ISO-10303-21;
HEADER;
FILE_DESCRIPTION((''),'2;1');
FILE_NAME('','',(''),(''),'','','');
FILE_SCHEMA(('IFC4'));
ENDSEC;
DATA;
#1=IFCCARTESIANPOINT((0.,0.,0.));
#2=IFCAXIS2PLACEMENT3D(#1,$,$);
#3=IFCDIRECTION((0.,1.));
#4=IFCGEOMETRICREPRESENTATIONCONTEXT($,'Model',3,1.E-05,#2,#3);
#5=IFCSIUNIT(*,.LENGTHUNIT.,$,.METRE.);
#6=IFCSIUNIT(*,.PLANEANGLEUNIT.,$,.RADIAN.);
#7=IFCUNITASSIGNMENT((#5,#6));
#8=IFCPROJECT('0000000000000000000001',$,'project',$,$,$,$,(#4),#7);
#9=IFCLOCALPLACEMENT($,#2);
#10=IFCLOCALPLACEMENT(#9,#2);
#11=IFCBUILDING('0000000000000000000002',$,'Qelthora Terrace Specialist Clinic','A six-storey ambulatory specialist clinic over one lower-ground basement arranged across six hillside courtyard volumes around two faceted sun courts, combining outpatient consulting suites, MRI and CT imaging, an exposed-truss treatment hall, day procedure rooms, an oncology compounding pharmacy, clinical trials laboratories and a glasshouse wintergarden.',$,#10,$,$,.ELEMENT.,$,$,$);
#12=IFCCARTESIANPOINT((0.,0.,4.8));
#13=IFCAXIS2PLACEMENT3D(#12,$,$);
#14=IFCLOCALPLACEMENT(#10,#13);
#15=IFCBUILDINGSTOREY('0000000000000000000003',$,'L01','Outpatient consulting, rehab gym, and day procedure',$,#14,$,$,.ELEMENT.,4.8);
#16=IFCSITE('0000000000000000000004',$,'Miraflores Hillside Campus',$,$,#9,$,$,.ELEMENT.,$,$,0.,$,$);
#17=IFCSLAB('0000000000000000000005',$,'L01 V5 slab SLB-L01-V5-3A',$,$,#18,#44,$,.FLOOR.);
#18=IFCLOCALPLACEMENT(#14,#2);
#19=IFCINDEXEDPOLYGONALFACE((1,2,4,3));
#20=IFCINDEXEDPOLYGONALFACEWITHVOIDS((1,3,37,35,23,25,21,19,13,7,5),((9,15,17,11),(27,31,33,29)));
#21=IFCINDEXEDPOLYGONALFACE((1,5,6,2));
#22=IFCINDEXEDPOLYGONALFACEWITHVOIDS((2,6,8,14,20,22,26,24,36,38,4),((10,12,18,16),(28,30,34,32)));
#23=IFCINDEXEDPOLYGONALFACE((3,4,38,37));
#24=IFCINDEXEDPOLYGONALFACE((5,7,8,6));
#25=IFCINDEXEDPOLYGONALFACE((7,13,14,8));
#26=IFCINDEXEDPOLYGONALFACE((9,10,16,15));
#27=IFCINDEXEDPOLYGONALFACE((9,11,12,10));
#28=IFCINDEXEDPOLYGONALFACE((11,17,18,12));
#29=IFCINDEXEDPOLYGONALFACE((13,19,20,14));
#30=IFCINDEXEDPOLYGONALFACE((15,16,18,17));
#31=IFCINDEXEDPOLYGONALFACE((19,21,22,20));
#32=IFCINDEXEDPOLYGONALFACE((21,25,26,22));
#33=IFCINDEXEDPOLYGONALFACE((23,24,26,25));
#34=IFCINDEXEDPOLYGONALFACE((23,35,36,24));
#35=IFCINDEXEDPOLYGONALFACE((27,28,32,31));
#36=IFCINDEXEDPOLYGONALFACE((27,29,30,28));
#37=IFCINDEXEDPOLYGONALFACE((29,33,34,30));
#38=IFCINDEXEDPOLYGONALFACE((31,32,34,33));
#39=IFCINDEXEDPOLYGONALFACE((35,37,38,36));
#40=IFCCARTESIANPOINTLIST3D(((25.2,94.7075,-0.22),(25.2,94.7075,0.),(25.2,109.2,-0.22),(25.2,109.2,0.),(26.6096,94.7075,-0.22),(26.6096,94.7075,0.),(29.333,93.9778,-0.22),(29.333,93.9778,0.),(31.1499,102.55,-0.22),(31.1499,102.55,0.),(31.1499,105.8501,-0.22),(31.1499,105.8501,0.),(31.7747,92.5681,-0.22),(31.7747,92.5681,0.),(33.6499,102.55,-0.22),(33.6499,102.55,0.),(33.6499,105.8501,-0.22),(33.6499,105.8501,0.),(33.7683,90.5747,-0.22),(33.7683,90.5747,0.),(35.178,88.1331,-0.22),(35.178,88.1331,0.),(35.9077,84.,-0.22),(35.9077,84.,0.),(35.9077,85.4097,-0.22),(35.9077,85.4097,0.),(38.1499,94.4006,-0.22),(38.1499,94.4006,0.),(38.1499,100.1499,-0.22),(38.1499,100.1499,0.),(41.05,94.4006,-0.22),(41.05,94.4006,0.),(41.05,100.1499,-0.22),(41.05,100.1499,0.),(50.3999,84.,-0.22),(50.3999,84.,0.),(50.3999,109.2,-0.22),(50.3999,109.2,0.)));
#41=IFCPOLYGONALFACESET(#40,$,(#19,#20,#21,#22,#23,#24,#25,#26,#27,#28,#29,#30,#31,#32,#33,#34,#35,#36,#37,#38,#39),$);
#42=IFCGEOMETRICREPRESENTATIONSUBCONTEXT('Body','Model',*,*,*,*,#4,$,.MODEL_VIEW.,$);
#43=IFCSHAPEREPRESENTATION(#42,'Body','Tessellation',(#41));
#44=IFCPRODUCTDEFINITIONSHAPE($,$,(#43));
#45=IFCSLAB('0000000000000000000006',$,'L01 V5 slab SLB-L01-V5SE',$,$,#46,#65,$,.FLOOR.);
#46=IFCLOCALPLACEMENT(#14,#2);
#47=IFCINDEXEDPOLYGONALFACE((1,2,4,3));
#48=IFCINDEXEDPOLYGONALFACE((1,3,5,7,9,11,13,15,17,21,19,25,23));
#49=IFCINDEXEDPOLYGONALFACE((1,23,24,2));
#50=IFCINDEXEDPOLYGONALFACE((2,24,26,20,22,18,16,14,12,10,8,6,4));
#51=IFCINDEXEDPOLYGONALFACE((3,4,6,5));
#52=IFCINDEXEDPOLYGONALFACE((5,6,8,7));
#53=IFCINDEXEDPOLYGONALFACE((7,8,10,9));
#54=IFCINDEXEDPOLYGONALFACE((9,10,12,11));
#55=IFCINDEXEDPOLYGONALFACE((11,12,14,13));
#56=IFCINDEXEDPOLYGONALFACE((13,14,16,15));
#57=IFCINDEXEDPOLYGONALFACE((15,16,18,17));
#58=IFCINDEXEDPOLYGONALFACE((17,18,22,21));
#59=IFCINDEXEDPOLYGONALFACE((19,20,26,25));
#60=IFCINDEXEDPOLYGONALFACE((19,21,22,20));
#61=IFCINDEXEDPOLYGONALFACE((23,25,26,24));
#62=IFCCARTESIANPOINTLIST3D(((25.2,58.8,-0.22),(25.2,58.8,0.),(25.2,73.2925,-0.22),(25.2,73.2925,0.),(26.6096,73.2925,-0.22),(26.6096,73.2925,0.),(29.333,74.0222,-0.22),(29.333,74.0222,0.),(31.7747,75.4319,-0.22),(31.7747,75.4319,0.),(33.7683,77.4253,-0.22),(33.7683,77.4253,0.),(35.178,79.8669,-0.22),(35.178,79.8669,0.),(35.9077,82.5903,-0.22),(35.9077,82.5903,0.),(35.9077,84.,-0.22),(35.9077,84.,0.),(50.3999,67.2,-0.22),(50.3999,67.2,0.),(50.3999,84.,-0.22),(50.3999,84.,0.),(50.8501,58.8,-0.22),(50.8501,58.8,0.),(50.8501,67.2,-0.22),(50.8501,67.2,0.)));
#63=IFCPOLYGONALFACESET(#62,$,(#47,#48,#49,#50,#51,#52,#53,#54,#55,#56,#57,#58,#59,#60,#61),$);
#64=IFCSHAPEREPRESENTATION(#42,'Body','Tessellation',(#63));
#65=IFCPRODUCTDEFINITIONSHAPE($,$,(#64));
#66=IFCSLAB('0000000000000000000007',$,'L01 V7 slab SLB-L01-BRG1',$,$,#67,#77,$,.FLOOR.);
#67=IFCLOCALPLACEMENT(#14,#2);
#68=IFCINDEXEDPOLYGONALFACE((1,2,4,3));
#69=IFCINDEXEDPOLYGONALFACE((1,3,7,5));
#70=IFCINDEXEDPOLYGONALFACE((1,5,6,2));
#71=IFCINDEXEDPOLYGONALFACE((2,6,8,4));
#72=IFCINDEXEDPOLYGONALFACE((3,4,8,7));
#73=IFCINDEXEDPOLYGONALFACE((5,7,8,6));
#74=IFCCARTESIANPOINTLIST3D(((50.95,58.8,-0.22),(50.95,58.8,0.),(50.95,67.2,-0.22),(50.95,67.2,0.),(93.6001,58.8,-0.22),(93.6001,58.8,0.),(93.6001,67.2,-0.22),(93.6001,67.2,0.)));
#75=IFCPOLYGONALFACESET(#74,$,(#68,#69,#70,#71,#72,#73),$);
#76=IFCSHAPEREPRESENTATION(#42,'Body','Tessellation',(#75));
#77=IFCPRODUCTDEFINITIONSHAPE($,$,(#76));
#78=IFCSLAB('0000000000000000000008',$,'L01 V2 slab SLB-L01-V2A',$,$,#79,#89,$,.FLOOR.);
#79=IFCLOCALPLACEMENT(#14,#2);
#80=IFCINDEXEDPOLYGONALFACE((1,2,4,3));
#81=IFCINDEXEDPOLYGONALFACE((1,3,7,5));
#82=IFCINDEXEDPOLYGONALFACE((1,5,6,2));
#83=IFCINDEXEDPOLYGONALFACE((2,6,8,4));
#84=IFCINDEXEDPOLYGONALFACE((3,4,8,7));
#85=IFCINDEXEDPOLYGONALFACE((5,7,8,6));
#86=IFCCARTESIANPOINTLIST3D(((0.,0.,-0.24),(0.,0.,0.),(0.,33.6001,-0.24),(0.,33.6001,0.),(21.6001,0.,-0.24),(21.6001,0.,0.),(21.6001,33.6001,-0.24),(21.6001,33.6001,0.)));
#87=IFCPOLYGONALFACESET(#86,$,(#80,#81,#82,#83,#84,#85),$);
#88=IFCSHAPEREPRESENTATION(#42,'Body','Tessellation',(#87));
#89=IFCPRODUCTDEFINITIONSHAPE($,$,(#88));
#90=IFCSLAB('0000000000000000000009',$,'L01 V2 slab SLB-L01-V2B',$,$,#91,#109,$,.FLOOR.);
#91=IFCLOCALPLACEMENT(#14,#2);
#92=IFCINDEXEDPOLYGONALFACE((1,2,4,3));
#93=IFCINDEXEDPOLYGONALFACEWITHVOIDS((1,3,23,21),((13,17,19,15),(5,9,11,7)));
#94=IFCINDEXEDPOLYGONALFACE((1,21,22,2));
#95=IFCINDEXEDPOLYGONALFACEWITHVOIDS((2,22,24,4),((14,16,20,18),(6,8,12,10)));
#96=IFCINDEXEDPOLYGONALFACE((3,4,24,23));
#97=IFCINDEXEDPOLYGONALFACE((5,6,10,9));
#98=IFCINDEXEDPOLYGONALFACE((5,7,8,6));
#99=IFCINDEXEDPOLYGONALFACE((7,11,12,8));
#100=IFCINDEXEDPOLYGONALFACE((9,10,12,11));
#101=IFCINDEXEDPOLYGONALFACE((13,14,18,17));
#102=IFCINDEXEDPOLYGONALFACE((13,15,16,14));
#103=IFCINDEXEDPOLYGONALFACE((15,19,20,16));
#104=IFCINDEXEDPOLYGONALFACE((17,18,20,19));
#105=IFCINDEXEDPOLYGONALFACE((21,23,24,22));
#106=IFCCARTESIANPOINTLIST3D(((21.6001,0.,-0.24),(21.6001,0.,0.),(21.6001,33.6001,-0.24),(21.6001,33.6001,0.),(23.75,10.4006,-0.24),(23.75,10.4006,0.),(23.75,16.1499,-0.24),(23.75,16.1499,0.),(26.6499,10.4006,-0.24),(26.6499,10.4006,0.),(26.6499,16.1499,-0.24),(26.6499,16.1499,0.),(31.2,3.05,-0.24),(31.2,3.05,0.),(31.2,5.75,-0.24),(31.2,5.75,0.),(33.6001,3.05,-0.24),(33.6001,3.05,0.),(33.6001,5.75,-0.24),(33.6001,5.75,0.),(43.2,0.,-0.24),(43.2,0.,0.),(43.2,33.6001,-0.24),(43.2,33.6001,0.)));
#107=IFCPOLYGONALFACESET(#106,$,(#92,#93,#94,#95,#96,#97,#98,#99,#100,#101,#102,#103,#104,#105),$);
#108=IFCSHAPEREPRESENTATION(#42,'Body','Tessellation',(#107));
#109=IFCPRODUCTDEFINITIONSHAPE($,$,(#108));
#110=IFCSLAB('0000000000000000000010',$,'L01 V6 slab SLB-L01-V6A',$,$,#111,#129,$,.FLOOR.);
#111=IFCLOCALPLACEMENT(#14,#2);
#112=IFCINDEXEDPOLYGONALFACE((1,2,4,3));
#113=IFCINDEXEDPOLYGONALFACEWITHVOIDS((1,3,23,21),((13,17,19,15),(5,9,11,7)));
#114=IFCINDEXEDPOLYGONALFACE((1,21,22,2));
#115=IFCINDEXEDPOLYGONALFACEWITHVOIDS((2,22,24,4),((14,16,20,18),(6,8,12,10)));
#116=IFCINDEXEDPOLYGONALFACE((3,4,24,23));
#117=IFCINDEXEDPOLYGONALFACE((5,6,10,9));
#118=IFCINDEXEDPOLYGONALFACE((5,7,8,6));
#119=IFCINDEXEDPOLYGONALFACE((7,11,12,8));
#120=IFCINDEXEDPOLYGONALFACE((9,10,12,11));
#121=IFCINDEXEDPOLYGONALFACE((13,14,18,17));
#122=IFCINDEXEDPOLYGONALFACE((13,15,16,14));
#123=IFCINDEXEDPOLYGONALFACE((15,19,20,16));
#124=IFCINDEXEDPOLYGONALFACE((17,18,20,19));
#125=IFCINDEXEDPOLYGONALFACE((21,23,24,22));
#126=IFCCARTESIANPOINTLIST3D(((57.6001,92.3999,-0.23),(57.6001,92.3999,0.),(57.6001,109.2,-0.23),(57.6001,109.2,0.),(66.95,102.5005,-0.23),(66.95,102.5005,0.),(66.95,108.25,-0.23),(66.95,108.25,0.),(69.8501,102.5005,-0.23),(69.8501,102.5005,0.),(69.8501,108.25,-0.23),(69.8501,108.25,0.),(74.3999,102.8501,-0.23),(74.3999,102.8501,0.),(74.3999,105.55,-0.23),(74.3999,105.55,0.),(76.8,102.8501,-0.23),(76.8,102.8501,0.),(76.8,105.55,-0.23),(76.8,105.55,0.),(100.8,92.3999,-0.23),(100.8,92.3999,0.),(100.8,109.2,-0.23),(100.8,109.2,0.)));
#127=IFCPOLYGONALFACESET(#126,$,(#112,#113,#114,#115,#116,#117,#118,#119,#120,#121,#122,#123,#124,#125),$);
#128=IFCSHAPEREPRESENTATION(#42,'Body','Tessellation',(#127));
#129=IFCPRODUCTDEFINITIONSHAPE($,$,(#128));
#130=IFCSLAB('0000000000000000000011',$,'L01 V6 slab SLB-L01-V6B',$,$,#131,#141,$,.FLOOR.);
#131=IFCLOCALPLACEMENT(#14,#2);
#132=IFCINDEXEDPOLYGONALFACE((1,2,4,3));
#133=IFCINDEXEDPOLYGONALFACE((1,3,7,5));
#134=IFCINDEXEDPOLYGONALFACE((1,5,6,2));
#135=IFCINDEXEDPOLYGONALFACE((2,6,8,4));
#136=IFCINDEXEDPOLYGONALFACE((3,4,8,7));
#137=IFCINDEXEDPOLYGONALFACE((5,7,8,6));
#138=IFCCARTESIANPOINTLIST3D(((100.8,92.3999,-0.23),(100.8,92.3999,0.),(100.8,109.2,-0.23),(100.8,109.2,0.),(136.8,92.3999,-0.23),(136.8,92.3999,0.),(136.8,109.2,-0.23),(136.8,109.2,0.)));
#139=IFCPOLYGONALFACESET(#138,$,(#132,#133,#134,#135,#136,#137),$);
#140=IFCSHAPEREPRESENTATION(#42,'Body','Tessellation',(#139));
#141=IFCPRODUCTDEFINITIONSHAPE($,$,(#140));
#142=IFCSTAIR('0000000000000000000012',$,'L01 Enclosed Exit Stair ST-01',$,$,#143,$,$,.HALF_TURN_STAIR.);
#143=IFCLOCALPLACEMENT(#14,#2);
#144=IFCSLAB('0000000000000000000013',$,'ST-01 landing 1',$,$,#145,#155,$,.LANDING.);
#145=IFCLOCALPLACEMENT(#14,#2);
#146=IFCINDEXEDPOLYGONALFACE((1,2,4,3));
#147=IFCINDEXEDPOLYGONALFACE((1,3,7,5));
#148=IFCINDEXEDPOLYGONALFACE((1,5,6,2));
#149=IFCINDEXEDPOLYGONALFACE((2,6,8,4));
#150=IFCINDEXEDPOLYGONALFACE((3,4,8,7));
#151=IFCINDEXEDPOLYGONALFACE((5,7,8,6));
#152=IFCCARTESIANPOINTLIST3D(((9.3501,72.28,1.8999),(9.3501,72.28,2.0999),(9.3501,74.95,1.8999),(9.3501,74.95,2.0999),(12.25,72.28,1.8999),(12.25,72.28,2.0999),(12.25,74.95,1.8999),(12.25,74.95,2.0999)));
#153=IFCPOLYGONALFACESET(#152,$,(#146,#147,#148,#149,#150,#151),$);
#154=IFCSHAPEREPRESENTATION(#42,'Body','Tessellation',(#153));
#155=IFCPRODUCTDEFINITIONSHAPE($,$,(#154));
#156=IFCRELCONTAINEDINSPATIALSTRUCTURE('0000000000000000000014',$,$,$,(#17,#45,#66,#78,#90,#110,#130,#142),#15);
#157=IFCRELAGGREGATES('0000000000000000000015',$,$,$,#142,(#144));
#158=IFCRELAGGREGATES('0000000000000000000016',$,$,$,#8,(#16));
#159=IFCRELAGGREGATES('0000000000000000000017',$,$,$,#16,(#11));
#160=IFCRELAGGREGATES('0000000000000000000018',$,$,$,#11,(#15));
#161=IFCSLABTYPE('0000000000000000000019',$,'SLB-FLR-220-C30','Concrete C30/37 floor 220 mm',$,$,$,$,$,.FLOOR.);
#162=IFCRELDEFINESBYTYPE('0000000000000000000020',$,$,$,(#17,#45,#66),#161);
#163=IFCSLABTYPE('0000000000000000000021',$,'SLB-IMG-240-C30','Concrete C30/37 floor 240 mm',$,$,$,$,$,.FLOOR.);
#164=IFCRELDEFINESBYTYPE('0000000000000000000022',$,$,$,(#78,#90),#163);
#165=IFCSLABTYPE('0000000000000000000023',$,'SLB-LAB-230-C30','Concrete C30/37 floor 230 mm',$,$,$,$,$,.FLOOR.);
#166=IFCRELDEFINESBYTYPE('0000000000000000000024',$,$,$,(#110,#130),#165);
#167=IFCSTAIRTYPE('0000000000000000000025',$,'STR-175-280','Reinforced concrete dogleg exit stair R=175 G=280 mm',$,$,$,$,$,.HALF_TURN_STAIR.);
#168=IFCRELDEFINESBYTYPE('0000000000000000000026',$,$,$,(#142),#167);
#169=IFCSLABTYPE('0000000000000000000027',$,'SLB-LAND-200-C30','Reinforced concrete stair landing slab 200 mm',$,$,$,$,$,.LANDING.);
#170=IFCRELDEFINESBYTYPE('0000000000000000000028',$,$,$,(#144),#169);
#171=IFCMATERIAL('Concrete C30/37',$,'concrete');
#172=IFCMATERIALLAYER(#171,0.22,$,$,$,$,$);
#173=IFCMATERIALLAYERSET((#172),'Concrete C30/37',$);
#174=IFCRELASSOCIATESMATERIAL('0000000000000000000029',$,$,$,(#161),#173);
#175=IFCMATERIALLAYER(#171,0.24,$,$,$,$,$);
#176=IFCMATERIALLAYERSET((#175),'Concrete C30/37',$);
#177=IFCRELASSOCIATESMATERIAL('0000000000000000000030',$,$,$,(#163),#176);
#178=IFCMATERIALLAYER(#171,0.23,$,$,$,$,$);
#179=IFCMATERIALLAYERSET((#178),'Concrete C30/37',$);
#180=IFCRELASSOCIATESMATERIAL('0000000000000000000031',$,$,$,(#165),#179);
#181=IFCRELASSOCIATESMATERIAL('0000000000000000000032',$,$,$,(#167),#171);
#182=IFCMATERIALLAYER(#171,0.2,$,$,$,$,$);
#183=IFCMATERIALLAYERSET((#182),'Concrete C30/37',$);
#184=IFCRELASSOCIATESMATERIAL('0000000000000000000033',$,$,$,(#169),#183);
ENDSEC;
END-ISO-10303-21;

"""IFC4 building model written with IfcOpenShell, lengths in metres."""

from ifc_helpers import new_model, si_unit, direction, frame, origin, place, context, subcontext, project, spatial, polyline, outline, extrude, material, layer, layer_set, type_object, element, aggregate, save


model = new_model("IFC4")

# Units and contexts
model_context = context("Model", 3, precision=1e-05, world=origin(), true_north=direction((0.0, 1.0)))
body_context = subcontext(model_context, "Body", "Model", "MODEL_VIEW")
ifc_project = project(units=[si_unit("LENGTHUNIT", "METRE"), si_unit("PLANEANGLEUNIT", "RADIAN")], contexts=[model_context])

# Site, building, storey
site_placement = place(None, origin())
site = spatial("IfcSite", under=ifc_project, at=site_placement, Name="Miraflores Hillside Campus", CompositionType="ELEMENT", RefElevation=0.0)
building_placement = place(site_placement, origin())
building = spatial("IfcBuilding", under=site, at=building_placement, Name="Qelthora Terrace Specialist Clinic", Description="A six-storey ambulatory specialist clinic over one lower-ground basement arranged across six hillside courtyard volumes around two faceted sun courts, combining outpatient consulting suites, MRI and CT imaging, an exposed-truss treatment hall, day procedure rooms, an oncology compounding pharmacy, clinical trials laboratories and a glasshouse wintergarden.", CompositionType="ELEMENT")
storey_placement = place(building_placement, frame((0.0, 0.0, 4.8)))
storey = spatial("IfcBuildingStorey", under=building, at=storey_placement, Name="L01", Description="Outpatient consulting, rehab gym, and day procedure", CompositionType="ELEMENT", Elevation=4.8)

# Slabs
ifc_material_1 = material(Name="Concrete C30/37", Category="concrete")
ifc_layer_1 = layer(ifc_material_1, 0.22)
ifc_layer_set_1 = layer_set([ifc_layer_1], Name="Concrete C30/37")
slab_type_1 = type_object("IfcSlabType", Name="SLB-FLR-220-C30", Description="Concrete C30/37 floor 220 mm", PredefinedType="FLOOR", material=ifc_layer_set_1)
slab_1_placement = place(storey_placement, frame((0.0, 0.0, -0.22)))
element("IfcSlab", 1, at=slab_1_placement, inside=storey, type_object=slab_type_1, Name="L01 V5 slab SLB-L01-V5-3A", PredefinedType="FLOOR", context=body_context, shape_type="SweptSolid", body=[
    extrude(outline(polyline([(50.3999, 109.2), (50.3999, 84.0), (35.9077, 84.0), (35.9077, 85.4097), (35.178, 88.1331), (33.7683, 90.5747), (31.7747, 92.5681), (29.333, 93.9778), (26.6096, 94.7075), (25.2, 94.7075), (25.2, 109.2), (50.3999, 109.2)]), holes=[polyline([(41.05, 94.4006), (41.05, 100.1499), (38.1499, 100.1499), (38.1499, 94.4006), (41.05, 94.4006)]), polyline([(33.6499, 102.55), (33.6499, 105.8501), (31.1499, 105.8501), (31.1499, 102.55), (33.6499, 102.55)])]), origin(), (0.0, 0.0, 1.0), 0.22),
])
slab_2_placement = place(storey_placement, frame((0.0, 0.0, -0.22)))
element("IfcSlab", 2, at=slab_2_placement, inside=storey, type_object=slab_type_1, Name="L01 V5 slab SLB-L01-V5SE", PredefinedType="FLOOR", context=body_context, shape_type="SweptSolid", body=[
    extrude(outline(polyline([(50.3999, 67.2), (50.8501, 67.2), (50.8501, 58.8), (25.2, 58.8), (25.2, 73.2925), (26.6096, 73.2925), (29.333, 74.0222), (31.7747, 75.4319), (33.7683, 77.4253), (35.178, 79.8669), (35.9077, 82.5903), (35.9077, 84.0), (50.3999, 84.0), (50.3999, 67.2)])), origin(), (0.0, 0.0, 1.0), 0.22),
])
slab_3_placement = place(storey_placement, frame((0.0, 0.0, -0.22)))
element("IfcSlab", 3, at=slab_3_placement, inside=storey, type_object=slab_type_1, Name="L01 V7 slab SLB-L01-BRG1", PredefinedType="FLOOR", context=body_context, shape_type="SweptSolid", body=[
    extrude(outline(polyline([(50.95, 67.2), (93.6001, 67.2), (93.6001, 58.8), (50.95, 58.8), (50.95, 67.2)])), origin(), (0.0, 0.0, 1.0), 0.22),
])
ifc_layer_2 = layer(ifc_material_1, 0.24)
ifc_layer_set_2 = layer_set([ifc_layer_2], Name="Concrete C30/37")
slab_type_2 = type_object("IfcSlabType", Name="SLB-IMG-240-C30", Description="Concrete C30/37 floor 240 mm", PredefinedType="FLOOR", material=ifc_layer_set_2)
slab_4_placement = place(storey_placement, frame((0.0, 0.0, -0.24)))
element("IfcSlab", 4, at=slab_4_placement, inside=storey, type_object=slab_type_2, Name="L01 V2 slab SLB-L01-V2A", PredefinedType="FLOOR", context=body_context, shape_type="SweptSolid", body=[
    extrude(outline(polyline([(0.0, 33.6001), (21.6001, 33.6001), (21.6001, 0.0), (0.0, 0.0), (0.0, 33.6001)])), origin(), (0.0, 0.0, 1.0), 0.24),
])
slab_5_placement = place(storey_placement, frame((0.0, 0.0, -0.24)))
element("IfcSlab", 5, at=slab_5_placement, inside=storey, type_object=slab_type_2, Name="L01 V2 slab SLB-L01-V2B", PredefinedType="FLOOR", context=body_context, shape_type="SweptSolid", body=[
    extrude(outline(polyline([(21.6001, 33.6001), (43.2, 33.6001), (43.2, 0.0), (21.6001, 0.0), (21.6001, 33.6001)]), holes=[polyline([(33.6001, 5.75), (31.2, 5.75), (31.2, 3.05), (33.6001, 3.05), (33.6001, 5.75)]), polyline([(26.6499, 10.4006), (26.6499, 16.1499), (23.75, 16.1499), (23.75, 10.4006), (26.6499, 10.4006)])]), origin(), (0.0, 0.0, 1.0), 0.24),
])
ifc_layer_3 = layer(ifc_material_1, 0.23)
ifc_layer_set_3 = layer_set([ifc_layer_3], Name="Concrete C30/37")
slab_type_3 = type_object("IfcSlabType", Name="SLB-LAB-230-C30", Description="Concrete C30/37 floor 230 mm", PredefinedType="FLOOR", material=ifc_layer_set_3)
slab_6_placement = place(storey_placement, frame((0.0, 0.0, -0.23)))
element("IfcSlab", 6, at=slab_6_placement, inside=storey, type_object=slab_type_3, Name="L01 V6 slab SLB-L01-V6A", PredefinedType="FLOOR", context=body_context, shape_type="SweptSolid", body=[
    extrude(outline(polyline([(57.6001, 109.2), (100.8, 109.2), (100.8, 92.3999), (57.6001, 92.3999), (57.6001, 109.2)]), holes=[polyline([(76.8, 102.8501), (76.8, 105.55), (74.3999, 105.55), (74.3999, 102.8501), (76.8, 102.8501)]), polyline([(69.8501, 102.5005), (69.8501, 108.25), (66.95, 108.25), (66.95, 102.5005), (69.8501, 102.5005)])]), origin(), (0.0, 0.0, 1.0), 0.23),
])
slab_7_placement = place(storey_placement, frame((0.0, 0.0, -0.23)))
element("IfcSlab", 7, at=slab_7_placement, inside=storey, type_object=slab_type_3, Name="L01 V6 slab SLB-L01-V6B", PredefinedType="FLOOR", context=body_context, shape_type="SweptSolid", body=[
    extrude(outline(polyline([(100.8, 109.2), (136.8, 109.2), (136.8, 92.3999), (100.8, 92.3999), (100.8, 109.2)])), origin(), (0.0, 0.0, 1.0), 0.23),
])

# Stair, slab
stair_type = type_object("IfcStairType", Name="STR-175-280", Description="Reinforced concrete dogleg exit stair R=175 G=280 mm", PredefinedType="HALF_TURN_STAIR", material=ifc_material_1)
stair_placement = place(storey_placement, origin())
stair = element("IfcStair", 8, at=stair_placement, inside=storey, type_object=stair_type, Name="L01 Enclosed Exit Stair ST-01", PredefinedType="HALF_TURN_STAIR")
ifc_layer_4 = layer(ifc_material_1, 0.2)
ifc_layer_set_4 = layer_set([ifc_layer_4], Name="Concrete C30/37")
slab_type_4 = type_object("IfcSlabType", Name="SLB-LAND-200-C30", Description="Reinforced concrete stair landing slab 200 mm", PredefinedType="LANDING", material=ifc_layer_set_4)
slab_8_placement = place(storey_placement, frame((0.0, 0.0, 1.8999)))
slab_8 = element("IfcSlab", 9, at=slab_8_placement, type_object=slab_type_4, Name="ST-01 landing 1", PredefinedType="LANDING", context=body_context, shape_type="SweptSolid", body=[
    extrude(outline(polyline([(12.25, 72.28), (12.25, 74.95), (9.3501, 74.95), (9.3501, 72.28), (12.25, 72.28)])), origin(), (0.0, 0.0, 1.0), 0.2),
])
aggregate(stair, [slab_8])

save(model, "model.ifc")
